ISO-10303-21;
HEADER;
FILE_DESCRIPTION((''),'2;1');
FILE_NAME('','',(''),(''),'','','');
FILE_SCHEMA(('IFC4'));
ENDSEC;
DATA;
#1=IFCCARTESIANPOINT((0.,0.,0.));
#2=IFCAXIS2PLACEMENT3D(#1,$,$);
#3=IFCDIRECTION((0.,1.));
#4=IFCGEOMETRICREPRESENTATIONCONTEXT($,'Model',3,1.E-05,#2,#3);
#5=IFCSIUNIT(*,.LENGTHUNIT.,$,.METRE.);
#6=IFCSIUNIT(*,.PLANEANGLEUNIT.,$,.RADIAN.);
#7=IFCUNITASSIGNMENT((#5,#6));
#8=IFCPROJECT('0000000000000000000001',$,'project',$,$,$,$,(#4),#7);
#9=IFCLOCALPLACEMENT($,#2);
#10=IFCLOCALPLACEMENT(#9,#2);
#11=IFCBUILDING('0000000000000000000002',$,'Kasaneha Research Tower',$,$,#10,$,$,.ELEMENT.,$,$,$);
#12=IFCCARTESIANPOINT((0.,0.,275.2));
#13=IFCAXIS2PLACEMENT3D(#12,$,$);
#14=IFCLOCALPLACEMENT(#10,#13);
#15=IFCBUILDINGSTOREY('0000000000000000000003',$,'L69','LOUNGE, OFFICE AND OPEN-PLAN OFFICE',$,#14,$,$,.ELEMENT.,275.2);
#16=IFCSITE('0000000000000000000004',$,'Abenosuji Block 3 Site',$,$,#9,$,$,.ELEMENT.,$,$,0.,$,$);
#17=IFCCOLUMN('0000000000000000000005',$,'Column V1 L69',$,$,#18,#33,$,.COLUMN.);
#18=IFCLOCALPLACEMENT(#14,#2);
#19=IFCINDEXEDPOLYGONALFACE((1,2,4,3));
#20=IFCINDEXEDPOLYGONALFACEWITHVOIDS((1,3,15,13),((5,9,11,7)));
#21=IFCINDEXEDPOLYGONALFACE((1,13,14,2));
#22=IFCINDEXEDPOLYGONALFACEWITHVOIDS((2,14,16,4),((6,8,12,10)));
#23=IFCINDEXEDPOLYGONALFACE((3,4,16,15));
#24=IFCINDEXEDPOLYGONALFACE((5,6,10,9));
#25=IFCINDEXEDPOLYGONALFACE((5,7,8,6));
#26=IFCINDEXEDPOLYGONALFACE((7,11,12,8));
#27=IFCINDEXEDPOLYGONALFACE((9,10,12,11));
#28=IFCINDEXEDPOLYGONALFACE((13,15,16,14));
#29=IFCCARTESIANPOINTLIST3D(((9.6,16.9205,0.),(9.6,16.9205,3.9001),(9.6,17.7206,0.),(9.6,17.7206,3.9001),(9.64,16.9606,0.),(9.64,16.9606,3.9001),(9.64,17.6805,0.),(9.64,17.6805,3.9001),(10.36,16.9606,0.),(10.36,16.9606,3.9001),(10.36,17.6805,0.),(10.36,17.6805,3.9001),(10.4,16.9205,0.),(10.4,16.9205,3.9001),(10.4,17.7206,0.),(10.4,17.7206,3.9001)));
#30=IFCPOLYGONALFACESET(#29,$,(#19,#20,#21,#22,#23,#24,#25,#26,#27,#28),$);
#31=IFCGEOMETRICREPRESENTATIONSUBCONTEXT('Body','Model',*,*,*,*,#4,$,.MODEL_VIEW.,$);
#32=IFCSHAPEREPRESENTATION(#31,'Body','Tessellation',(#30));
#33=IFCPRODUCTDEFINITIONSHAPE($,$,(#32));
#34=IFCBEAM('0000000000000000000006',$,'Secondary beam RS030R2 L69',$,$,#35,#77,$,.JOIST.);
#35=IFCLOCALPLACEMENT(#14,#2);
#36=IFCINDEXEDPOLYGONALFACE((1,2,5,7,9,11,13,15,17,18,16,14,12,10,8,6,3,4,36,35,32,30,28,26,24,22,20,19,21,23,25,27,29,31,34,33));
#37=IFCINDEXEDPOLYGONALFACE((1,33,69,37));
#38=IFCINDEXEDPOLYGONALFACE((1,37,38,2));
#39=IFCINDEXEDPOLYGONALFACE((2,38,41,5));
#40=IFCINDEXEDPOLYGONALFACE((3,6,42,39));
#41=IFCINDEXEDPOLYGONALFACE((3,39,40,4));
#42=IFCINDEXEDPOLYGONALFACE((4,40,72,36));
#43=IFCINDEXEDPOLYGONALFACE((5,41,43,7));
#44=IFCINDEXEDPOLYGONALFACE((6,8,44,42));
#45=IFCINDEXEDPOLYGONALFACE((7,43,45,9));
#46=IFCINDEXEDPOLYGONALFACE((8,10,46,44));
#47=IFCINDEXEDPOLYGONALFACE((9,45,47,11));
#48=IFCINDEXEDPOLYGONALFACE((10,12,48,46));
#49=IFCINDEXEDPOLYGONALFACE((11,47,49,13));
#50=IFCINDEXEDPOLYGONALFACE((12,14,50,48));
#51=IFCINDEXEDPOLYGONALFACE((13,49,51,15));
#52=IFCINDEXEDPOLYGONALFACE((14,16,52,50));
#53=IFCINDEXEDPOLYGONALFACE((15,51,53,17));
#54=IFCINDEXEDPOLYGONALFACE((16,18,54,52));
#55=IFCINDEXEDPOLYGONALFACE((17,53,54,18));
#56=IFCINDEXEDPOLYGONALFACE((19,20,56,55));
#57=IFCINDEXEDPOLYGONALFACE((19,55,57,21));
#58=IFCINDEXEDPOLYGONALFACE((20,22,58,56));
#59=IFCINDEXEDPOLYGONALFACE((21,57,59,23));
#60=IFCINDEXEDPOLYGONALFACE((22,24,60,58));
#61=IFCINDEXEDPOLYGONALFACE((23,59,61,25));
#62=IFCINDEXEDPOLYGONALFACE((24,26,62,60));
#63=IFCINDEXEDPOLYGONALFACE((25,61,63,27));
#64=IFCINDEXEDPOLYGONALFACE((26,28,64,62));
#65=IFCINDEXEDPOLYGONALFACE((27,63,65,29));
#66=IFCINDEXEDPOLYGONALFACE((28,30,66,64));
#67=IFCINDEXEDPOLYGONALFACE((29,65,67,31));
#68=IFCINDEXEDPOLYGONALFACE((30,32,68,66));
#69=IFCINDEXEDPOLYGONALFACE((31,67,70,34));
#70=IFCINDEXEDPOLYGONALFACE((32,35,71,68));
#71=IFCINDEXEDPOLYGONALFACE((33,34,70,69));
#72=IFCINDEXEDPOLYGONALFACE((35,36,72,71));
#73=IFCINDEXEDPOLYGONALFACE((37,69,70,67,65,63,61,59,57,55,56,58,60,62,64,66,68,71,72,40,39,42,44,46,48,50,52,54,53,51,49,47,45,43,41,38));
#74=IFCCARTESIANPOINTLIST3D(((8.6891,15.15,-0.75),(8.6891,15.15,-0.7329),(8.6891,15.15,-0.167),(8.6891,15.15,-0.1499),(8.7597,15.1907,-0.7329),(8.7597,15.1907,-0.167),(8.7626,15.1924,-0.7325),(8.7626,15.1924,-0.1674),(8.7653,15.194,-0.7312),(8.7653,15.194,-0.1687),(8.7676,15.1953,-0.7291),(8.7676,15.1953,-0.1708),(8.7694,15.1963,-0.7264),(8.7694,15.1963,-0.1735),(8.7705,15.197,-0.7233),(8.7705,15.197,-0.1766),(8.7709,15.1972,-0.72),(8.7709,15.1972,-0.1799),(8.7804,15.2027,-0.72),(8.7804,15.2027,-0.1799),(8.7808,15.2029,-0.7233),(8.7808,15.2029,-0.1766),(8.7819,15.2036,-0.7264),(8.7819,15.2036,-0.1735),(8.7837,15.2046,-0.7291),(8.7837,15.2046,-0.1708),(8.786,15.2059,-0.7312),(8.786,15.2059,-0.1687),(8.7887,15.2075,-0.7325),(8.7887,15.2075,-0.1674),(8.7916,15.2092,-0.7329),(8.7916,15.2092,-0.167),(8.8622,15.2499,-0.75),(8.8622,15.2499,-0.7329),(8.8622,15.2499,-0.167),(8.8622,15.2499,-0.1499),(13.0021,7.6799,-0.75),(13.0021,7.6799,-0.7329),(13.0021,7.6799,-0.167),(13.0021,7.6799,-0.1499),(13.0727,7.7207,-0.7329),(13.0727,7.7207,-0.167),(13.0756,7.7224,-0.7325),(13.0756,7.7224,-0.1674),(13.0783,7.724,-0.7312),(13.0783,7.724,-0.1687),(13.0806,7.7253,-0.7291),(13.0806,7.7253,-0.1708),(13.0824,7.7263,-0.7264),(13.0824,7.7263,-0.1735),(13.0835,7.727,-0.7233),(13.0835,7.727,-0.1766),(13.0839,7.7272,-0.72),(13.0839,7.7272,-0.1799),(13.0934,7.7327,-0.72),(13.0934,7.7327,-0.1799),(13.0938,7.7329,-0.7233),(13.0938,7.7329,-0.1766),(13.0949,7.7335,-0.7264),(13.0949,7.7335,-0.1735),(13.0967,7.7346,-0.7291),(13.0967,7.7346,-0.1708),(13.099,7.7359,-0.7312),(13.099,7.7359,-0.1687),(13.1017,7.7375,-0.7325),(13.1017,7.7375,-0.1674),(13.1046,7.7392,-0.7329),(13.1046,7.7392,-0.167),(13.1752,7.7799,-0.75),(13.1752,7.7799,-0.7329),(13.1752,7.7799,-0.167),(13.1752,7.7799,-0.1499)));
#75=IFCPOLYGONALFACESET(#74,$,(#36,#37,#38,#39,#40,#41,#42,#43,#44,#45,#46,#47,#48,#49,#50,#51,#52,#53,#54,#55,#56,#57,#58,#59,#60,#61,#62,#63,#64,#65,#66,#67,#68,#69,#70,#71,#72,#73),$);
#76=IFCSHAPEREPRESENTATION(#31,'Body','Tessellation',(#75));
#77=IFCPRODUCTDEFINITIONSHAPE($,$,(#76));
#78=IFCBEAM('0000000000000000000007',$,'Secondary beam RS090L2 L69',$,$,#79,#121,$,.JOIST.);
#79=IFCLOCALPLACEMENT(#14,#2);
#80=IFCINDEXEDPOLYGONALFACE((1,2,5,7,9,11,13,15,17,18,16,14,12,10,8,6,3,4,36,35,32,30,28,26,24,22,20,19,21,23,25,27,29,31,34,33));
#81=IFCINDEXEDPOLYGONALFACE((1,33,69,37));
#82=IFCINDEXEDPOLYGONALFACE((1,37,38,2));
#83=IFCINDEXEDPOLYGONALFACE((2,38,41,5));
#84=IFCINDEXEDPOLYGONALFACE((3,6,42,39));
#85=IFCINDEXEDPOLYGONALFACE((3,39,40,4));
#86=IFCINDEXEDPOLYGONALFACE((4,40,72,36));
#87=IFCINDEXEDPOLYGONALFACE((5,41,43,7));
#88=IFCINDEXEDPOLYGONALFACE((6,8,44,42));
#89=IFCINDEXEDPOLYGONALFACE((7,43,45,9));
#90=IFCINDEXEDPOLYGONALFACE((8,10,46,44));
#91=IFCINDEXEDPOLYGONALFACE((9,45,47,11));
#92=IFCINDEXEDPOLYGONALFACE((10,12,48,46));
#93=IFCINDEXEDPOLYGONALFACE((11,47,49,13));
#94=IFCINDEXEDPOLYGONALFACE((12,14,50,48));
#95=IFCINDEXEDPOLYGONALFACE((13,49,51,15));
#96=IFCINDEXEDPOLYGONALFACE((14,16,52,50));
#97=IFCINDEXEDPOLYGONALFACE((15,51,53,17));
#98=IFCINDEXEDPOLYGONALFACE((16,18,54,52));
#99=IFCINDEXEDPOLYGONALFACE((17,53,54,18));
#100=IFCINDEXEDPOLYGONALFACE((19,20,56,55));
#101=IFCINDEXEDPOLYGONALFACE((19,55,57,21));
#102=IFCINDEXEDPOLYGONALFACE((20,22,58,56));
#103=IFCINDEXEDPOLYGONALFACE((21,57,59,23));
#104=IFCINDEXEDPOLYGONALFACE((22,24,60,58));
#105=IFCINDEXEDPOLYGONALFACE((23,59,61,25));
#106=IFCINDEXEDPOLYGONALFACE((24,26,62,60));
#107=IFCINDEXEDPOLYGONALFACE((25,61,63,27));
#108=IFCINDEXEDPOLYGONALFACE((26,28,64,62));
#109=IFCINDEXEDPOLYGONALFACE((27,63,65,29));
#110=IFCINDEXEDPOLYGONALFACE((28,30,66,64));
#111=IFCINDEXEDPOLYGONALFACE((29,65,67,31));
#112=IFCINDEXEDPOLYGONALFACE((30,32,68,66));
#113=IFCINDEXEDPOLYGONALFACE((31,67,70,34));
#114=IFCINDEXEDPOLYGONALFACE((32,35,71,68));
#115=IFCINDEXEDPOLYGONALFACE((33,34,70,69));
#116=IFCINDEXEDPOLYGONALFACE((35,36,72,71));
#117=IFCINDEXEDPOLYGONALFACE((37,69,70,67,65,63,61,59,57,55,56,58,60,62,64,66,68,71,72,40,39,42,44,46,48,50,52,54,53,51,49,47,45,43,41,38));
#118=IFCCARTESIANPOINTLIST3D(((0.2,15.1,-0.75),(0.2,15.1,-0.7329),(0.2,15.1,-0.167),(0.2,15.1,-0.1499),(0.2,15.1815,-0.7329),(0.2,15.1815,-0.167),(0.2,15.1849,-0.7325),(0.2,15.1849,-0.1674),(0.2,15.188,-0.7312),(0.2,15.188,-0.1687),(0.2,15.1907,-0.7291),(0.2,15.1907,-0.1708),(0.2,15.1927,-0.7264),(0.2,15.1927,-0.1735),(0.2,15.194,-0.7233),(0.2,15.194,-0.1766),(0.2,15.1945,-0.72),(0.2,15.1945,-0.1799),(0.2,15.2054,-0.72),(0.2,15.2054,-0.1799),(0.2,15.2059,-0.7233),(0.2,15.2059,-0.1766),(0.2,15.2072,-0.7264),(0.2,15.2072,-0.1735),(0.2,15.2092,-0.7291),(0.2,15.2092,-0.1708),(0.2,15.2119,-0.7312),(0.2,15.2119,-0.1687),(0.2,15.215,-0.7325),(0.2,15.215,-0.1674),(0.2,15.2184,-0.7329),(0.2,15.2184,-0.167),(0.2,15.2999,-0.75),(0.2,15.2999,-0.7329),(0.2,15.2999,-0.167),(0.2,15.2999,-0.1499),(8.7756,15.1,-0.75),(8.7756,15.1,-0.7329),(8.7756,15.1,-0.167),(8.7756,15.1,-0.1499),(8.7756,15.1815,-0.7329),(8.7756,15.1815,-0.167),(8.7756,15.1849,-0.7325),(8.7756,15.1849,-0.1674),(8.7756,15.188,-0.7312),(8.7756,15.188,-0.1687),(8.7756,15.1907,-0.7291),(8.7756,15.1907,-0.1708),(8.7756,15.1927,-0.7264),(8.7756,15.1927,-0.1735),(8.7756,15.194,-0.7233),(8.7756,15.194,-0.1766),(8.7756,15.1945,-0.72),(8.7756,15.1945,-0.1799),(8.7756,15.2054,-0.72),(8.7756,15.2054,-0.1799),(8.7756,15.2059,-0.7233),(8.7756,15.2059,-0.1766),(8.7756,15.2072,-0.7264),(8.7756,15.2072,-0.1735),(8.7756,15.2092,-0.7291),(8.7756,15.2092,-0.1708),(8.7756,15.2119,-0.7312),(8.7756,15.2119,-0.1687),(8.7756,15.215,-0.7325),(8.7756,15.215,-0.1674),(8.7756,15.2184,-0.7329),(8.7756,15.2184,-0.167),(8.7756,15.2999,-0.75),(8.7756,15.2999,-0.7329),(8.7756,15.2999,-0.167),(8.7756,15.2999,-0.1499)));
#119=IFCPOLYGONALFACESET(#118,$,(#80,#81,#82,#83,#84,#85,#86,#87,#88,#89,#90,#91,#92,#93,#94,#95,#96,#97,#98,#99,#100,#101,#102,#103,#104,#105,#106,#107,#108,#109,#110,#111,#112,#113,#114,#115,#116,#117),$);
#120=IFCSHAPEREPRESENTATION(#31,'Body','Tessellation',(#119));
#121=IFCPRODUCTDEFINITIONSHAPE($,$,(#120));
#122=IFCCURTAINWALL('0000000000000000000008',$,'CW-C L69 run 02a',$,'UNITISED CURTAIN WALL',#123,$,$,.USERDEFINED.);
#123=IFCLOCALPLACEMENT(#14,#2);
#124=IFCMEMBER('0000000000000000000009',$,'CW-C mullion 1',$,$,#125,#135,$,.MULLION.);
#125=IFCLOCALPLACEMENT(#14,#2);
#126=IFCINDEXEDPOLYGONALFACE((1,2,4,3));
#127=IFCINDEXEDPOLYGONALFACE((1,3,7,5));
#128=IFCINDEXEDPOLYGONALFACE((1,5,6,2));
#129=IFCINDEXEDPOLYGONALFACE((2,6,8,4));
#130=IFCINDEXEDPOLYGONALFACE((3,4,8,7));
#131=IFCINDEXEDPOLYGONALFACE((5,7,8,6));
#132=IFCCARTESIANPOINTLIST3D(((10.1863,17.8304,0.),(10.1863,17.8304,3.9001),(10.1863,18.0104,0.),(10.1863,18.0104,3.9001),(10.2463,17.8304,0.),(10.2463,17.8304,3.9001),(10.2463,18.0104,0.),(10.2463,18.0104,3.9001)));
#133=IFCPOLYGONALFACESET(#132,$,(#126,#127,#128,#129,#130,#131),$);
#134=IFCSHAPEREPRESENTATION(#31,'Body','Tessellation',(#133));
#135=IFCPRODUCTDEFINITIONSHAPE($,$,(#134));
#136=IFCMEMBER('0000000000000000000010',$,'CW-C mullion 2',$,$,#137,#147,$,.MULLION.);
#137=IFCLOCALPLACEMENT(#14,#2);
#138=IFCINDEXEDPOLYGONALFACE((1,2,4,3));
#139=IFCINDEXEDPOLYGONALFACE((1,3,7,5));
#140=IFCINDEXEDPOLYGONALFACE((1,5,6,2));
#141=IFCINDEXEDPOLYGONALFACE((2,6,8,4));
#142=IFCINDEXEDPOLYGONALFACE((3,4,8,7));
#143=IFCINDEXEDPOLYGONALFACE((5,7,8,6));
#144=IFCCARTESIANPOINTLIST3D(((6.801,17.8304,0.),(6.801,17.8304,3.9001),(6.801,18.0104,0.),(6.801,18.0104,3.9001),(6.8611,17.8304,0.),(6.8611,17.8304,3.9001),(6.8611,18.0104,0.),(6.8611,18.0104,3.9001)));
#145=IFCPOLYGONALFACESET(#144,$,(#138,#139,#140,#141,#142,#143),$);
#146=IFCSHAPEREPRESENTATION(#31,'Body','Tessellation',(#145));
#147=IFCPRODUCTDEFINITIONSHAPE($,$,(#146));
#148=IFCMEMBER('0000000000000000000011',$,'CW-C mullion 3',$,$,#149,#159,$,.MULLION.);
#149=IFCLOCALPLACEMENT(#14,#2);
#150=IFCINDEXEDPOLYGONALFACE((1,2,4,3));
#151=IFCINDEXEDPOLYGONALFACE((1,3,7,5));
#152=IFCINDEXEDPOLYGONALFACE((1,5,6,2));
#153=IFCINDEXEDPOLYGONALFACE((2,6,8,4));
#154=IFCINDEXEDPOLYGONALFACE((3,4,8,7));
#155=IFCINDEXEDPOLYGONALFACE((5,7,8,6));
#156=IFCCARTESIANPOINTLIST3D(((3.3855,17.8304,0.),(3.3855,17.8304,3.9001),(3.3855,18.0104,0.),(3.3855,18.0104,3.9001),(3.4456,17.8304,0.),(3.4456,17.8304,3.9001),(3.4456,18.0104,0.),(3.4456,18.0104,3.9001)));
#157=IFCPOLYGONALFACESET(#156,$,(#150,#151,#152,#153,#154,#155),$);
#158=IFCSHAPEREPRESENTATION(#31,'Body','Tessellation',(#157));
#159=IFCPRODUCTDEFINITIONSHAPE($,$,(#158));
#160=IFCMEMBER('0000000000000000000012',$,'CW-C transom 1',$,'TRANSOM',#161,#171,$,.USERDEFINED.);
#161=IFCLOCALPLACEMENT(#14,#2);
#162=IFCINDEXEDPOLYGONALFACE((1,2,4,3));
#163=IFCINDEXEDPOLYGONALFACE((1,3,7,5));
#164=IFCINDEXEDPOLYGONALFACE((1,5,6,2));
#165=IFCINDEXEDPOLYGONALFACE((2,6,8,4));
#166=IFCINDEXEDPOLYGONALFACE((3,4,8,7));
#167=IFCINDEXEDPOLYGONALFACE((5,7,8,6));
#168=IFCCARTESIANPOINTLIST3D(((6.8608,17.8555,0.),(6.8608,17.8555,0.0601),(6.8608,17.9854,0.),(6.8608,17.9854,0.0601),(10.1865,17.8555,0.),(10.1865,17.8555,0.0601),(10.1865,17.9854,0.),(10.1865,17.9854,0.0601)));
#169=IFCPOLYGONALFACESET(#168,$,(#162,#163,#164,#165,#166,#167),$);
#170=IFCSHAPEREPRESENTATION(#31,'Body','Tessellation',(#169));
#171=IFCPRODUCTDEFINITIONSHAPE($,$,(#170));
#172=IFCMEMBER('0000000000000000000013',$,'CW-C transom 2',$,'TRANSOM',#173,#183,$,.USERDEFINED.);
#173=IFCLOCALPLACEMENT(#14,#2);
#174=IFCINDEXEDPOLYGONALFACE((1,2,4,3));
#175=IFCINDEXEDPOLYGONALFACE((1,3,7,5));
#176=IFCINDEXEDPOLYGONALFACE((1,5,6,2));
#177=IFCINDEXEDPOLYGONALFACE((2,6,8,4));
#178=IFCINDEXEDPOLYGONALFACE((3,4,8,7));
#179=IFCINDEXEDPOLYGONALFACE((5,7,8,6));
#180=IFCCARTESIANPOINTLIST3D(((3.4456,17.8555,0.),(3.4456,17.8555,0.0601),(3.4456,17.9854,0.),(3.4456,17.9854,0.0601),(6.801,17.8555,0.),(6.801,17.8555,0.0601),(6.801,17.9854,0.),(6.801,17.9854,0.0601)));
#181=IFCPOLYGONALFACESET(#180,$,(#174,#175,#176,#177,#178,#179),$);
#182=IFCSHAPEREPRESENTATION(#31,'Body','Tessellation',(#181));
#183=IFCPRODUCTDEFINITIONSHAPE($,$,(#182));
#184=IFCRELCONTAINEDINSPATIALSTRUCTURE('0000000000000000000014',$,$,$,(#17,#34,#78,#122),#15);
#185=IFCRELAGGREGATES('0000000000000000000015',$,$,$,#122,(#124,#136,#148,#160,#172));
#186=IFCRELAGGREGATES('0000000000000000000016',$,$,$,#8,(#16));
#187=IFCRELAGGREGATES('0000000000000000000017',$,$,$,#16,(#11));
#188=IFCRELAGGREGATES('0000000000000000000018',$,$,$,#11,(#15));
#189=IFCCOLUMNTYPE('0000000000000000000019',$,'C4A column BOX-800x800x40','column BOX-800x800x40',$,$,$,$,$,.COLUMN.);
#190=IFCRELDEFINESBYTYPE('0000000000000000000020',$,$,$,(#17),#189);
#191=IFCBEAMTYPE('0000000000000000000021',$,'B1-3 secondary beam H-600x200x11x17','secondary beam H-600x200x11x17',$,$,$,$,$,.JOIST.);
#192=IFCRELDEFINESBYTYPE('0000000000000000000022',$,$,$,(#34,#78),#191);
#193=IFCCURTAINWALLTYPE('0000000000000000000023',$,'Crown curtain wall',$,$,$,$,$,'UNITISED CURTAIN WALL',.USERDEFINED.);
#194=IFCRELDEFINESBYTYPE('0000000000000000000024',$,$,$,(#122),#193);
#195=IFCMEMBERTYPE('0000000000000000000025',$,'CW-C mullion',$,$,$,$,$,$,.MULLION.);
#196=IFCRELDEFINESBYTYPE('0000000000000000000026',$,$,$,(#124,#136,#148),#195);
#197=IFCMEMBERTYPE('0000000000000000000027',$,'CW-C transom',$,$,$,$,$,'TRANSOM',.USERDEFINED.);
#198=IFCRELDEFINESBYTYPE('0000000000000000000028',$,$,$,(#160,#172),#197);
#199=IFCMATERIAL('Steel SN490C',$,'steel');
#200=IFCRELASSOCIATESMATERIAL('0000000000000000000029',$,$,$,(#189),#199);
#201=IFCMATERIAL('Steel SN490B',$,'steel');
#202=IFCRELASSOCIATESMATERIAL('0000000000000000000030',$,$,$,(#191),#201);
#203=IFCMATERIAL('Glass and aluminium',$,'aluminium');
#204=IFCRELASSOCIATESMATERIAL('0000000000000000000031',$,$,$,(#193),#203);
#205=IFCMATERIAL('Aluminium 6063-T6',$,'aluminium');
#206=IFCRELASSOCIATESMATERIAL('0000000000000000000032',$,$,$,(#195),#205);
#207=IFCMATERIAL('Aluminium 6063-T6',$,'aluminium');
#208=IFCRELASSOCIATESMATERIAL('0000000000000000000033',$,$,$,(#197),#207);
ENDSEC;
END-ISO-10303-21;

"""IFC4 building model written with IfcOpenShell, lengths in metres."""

from ifc_helpers import new_model, si_unit, direction, frame, origin, origin_2d, place, context, subcontext, project, spatial, rectangle, hollow_rectangle, i_section, extrude, material, material_profile, profile_set, type_object, element, aggregate, save


model = new_model("IFC4")

# Units and contexts
model_context = context("Model", 3, precision=1e-05, world=origin(), true_north=direction((0.0, 1.0)))
body_context = subcontext(model_context, "Body", "Model", "MODEL_VIEW")
ifc_project = project(units=[si_unit("LENGTHUNIT", "METRE"), si_unit("PLANEANGLEUNIT", "RADIAN")], contexts=[model_context])

# Site, building, storey
site_placement = place(None, origin())
site = spatial("IfcSite", under=ifc_project, at=site_placement, Name="Abenosuji Block 3 Site", CompositionType="ELEMENT", RefElevation=0.0)
building_placement = place(site_placement, origin())
building = spatial("IfcBuilding", under=site, at=building_placement, Name="Kasaneha Research Tower", CompositionType="ELEMENT")
storey_placement = place(building_placement, frame((0.0, 0.0, 275.2)))
storey = spatial("IfcBuildingStorey", under=building, at=storey_placement, Name="L69", Description="LOUNGE, OFFICE AND OPEN-PLAN OFFICE", CompositionType="ELEMENT", Elevation=275.2)

# Column
ifc_material_1 = material(Name="Steel SN490C", Category="steel")
ifc_material_profile_1 = material_profile(ifc_material_1, hollow_rectangle(XDim=0.8, YDim=0.8, WallThickness=0.04, at=origin_2d()), Name="BOX-800x800x40")
ifc_profile_set_1 = profile_set([ifc_material_profile_1], Name="Steel SN490C")
column_type = type_object("IfcColumnType", Name="C4A column BOX-800x800x40", Description="column BOX-800x800x40", PredefinedType="COLUMN", material=ifc_profile_set_1)
column_placement = place(storey_placement, frame((10.0, 17.3206, 0.0), z_axis=(0.0, 0.0, 1.0), x_axis=(1.0, 0.0, 0.0)))
element("IfcColumn", 1, at=column_placement, inside=storey, type_object=column_type, Name="Column V1 L69", PredefinedType="COLUMN", context=body_context, shape_type="SweptSolid", body=[
    extrude(hollow_rectangle(XDim=0.8, YDim=0.8, WallThickness=0.04, at=origin_2d()), origin(), (0.0, 0.0, 1.0), 3.9001),
])

# Beams
ifc_material_2 = material(Name="Steel SN490B", Category="steel")
ifc_material_profile_2 = material_profile(ifc_material_2, i_section(OverallWidth=0.2, OverallDepth=0.6001, WebThickness=0.011, FlangeThickness=0.0171, FilletRadius=0.0129, at=origin_2d()), Name="H-600x200x11x17")
ifc_profile_set_2 = profile_set([ifc_material_profile_2], Name="Steel SN490B")
beam_type_1 = type_object("IfcBeamType", Name="B1-3 secondary beam H-600x200x11x17", Description="secondary beam H-600x200x11x17", PredefinedType="JOIST", material=ifc_profile_set_2)
beam_1_placement = place(storey_placement, frame((8.7756, 15.2, -0.45), z_axis=(0.500017, -0.866015, 0.0), x_axis=(0.866015, 0.500017, 0.0)))
element("IfcBeam", 2, at=beam_1_placement, inside=storey, type_object=beam_type_1, Name="Secondary beam RS030R2 L69", PredefinedType="JOIST", context=body_context, shape_type="SweptSolid", body=[
    extrude(i_section(OverallWidth=0.2, OverallDepth=0.6001, WebThickness=0.011, FlangeThickness=0.0171, FilletRadius=0.0129, at=origin_2d()), origin(), (0.0, 0.0, 1.0), 8.6257),
])
beam_2_placement = place(storey_placement, frame((8.7756, 15.2, -0.45), z_axis=(-1.0, 0.0, 0.0), x_axis=(0.0, -1.0, 0.0)))
element("IfcBeam", 3, at=beam_2_placement, inside=storey, type_object=beam_type_1, Name="Secondary beam RS090L2 L69", PredefinedType="JOIST", context=body_context, shape_type="SweptSolid", body=[
    extrude(i_section(OverallWidth=0.2, OverallDepth=0.6001, WebThickness=0.011, FlangeThickness=0.0171, FilletRadius=0.0129, at=origin_2d()), origin(), (0.0, 0.0, 1.0), 8.5757),
])

# Curtain wall, members
ifc_material_3 = material(Name="Glass and aluminium", Category="aluminium")
curtain_wall_type = type_object("IfcCurtainWallType", Name="Crown curtain wall", ElementType="UNITISED CURTAIN WALL", PredefinedType="USERDEFINED", material=ifc_material_3)
curtain_wall_placement = place(storey_placement, origin())
curtain_wall = element("IfcCurtainWall", 4, at=curtain_wall_placement, inside=storey, type_object=curtain_wall_type, Name="CW-C L69 run 02a", ObjectType="UNITISED CURTAIN WALL", PredefinedType="USERDEFINED")
ifc_material_4 = material(Name="Aluminium 6063-T6", Category="aluminium")
ifc_material_profile_3 = material_profile(ifc_material_4, rectangle(XDim=0.0601, YDim=0.1799, at=origin_2d()), Name="CW-C mullion 60x180")
ifc_profile_set_3 = profile_set([ifc_material_profile_3], Name="Aluminium 6063-T6")
member_type_1 = type_object("IfcMemberType", Name="CW-C mullion", PredefinedType="MULLION", material=ifc_profile_set_3)
member_1_placement = place(storey_placement, frame((10.2163, 17.9204, 0.0), z_axis=(0.0, 0.0, 1.0), x_axis=(-1.0, 0.0, 0.0)))
member_1 = element("IfcMember", 5, at=member_1_placement, type_object=member_type_1, Name="CW-C mullion 1", PredefinedType="MULLION", context=body_context, shape_type="SweptSolid", body=[
    extrude(rectangle(XDim=0.0601, YDim=0.1799, at=origin_2d()), origin(), (0.0, 0.0, 1.0), 3.9001),
])
member_2_placement = place(storey_placement, frame((6.8311, 17.9204, 0.0), z_axis=(0.0, 0.0, 1.0), x_axis=(-1.0, 0.0, 0.0)))
member_2 = element("IfcMember", 6, at=member_2_placement, type_object=member_type_1, Name="CW-C mullion 2", PredefinedType="MULLION", context=body_context, shape_type="SweptSolid", body=[
    extrude(rectangle(XDim=0.0601, YDim=0.1799, at=origin_2d()), origin(), (0.0, 0.0, 1.0), 3.9001),
])
member_3_placement = place(storey_placement, frame((3.4155, 17.9204, 0.0), z_axis=(0.0, 0.0, 1.0), x_axis=(-1.0, 0.0, 0.0)))
member_3 = element("IfcMember", 7, at=member_3_placement, type_object=member_type_1, Name="CW-C mullion 3", PredefinedType="MULLION", context=body_context, shape_type="SweptSolid", body=[
    extrude(rectangle(XDim=0.0601, YDim=0.1799, at=origin_2d()), origin(), (0.0, 0.0, 1.0), 3.9001),
])
ifc_material_5 = material(Name="Aluminium 6063-T6", Category="aluminium")
ifc_material_profile_4 = material_profile(ifc_material_5, rectangle(XDim=0.1299, YDim=0.0601, at=origin_2d()), Name="CW-C transom 130x60")
ifc_profile_set_4 = profile_set([ifc_material_profile_4], Name="Aluminium 6063-T6")
member_type_2 = type_object("IfcMemberType", Name="CW-C transom", ElementType="TRANSOM", PredefinedType="USERDEFINED", material=ifc_profile_set_4)
member_4_placement = place(storey_placement, frame((10.1865, 17.9204, 0.03), z_axis=(-1.0, 0.0, 0.0), x_axis=(0.0, -1.0, 0.0)))
member_4 = element("IfcMember", 8, at=member_4_placement, type_object=member_type_2, Name="CW-C transom 1", ObjectType="TRANSOM", PredefinedType="USERDEFINED", context=body_context, shape_type="SweptSolid", body=[
    extrude(rectangle(XDim=0.1299, YDim=0.0601, at=origin_2d()), origin(), (0.0, 0.0, 1.0), 3.3257),
])
member_5_placement = place(storey_placement, frame((6.801, 17.9204, 0.03), z_axis=(-1.0, 0.0, 0.0), x_axis=(0.0, -1.0, 0.0)))
member_5 = element("IfcMember", 9, at=member_5_placement, type_object=member_type_2, Name="CW-C transom 2", ObjectType="TRANSOM", PredefinedType="USERDEFINED", context=body_context, shape_type="SweptSolid", body=[
    extrude(rectangle(XDim=0.1299, YDim=0.0601, at=origin_2d()), origin(), (0.0, 0.0, 1.0), 3.3555),
])

aggregate(curtain_wall, [member_1, member_2, member_3, member_4, member_5])

save(model, "model.ifc")
